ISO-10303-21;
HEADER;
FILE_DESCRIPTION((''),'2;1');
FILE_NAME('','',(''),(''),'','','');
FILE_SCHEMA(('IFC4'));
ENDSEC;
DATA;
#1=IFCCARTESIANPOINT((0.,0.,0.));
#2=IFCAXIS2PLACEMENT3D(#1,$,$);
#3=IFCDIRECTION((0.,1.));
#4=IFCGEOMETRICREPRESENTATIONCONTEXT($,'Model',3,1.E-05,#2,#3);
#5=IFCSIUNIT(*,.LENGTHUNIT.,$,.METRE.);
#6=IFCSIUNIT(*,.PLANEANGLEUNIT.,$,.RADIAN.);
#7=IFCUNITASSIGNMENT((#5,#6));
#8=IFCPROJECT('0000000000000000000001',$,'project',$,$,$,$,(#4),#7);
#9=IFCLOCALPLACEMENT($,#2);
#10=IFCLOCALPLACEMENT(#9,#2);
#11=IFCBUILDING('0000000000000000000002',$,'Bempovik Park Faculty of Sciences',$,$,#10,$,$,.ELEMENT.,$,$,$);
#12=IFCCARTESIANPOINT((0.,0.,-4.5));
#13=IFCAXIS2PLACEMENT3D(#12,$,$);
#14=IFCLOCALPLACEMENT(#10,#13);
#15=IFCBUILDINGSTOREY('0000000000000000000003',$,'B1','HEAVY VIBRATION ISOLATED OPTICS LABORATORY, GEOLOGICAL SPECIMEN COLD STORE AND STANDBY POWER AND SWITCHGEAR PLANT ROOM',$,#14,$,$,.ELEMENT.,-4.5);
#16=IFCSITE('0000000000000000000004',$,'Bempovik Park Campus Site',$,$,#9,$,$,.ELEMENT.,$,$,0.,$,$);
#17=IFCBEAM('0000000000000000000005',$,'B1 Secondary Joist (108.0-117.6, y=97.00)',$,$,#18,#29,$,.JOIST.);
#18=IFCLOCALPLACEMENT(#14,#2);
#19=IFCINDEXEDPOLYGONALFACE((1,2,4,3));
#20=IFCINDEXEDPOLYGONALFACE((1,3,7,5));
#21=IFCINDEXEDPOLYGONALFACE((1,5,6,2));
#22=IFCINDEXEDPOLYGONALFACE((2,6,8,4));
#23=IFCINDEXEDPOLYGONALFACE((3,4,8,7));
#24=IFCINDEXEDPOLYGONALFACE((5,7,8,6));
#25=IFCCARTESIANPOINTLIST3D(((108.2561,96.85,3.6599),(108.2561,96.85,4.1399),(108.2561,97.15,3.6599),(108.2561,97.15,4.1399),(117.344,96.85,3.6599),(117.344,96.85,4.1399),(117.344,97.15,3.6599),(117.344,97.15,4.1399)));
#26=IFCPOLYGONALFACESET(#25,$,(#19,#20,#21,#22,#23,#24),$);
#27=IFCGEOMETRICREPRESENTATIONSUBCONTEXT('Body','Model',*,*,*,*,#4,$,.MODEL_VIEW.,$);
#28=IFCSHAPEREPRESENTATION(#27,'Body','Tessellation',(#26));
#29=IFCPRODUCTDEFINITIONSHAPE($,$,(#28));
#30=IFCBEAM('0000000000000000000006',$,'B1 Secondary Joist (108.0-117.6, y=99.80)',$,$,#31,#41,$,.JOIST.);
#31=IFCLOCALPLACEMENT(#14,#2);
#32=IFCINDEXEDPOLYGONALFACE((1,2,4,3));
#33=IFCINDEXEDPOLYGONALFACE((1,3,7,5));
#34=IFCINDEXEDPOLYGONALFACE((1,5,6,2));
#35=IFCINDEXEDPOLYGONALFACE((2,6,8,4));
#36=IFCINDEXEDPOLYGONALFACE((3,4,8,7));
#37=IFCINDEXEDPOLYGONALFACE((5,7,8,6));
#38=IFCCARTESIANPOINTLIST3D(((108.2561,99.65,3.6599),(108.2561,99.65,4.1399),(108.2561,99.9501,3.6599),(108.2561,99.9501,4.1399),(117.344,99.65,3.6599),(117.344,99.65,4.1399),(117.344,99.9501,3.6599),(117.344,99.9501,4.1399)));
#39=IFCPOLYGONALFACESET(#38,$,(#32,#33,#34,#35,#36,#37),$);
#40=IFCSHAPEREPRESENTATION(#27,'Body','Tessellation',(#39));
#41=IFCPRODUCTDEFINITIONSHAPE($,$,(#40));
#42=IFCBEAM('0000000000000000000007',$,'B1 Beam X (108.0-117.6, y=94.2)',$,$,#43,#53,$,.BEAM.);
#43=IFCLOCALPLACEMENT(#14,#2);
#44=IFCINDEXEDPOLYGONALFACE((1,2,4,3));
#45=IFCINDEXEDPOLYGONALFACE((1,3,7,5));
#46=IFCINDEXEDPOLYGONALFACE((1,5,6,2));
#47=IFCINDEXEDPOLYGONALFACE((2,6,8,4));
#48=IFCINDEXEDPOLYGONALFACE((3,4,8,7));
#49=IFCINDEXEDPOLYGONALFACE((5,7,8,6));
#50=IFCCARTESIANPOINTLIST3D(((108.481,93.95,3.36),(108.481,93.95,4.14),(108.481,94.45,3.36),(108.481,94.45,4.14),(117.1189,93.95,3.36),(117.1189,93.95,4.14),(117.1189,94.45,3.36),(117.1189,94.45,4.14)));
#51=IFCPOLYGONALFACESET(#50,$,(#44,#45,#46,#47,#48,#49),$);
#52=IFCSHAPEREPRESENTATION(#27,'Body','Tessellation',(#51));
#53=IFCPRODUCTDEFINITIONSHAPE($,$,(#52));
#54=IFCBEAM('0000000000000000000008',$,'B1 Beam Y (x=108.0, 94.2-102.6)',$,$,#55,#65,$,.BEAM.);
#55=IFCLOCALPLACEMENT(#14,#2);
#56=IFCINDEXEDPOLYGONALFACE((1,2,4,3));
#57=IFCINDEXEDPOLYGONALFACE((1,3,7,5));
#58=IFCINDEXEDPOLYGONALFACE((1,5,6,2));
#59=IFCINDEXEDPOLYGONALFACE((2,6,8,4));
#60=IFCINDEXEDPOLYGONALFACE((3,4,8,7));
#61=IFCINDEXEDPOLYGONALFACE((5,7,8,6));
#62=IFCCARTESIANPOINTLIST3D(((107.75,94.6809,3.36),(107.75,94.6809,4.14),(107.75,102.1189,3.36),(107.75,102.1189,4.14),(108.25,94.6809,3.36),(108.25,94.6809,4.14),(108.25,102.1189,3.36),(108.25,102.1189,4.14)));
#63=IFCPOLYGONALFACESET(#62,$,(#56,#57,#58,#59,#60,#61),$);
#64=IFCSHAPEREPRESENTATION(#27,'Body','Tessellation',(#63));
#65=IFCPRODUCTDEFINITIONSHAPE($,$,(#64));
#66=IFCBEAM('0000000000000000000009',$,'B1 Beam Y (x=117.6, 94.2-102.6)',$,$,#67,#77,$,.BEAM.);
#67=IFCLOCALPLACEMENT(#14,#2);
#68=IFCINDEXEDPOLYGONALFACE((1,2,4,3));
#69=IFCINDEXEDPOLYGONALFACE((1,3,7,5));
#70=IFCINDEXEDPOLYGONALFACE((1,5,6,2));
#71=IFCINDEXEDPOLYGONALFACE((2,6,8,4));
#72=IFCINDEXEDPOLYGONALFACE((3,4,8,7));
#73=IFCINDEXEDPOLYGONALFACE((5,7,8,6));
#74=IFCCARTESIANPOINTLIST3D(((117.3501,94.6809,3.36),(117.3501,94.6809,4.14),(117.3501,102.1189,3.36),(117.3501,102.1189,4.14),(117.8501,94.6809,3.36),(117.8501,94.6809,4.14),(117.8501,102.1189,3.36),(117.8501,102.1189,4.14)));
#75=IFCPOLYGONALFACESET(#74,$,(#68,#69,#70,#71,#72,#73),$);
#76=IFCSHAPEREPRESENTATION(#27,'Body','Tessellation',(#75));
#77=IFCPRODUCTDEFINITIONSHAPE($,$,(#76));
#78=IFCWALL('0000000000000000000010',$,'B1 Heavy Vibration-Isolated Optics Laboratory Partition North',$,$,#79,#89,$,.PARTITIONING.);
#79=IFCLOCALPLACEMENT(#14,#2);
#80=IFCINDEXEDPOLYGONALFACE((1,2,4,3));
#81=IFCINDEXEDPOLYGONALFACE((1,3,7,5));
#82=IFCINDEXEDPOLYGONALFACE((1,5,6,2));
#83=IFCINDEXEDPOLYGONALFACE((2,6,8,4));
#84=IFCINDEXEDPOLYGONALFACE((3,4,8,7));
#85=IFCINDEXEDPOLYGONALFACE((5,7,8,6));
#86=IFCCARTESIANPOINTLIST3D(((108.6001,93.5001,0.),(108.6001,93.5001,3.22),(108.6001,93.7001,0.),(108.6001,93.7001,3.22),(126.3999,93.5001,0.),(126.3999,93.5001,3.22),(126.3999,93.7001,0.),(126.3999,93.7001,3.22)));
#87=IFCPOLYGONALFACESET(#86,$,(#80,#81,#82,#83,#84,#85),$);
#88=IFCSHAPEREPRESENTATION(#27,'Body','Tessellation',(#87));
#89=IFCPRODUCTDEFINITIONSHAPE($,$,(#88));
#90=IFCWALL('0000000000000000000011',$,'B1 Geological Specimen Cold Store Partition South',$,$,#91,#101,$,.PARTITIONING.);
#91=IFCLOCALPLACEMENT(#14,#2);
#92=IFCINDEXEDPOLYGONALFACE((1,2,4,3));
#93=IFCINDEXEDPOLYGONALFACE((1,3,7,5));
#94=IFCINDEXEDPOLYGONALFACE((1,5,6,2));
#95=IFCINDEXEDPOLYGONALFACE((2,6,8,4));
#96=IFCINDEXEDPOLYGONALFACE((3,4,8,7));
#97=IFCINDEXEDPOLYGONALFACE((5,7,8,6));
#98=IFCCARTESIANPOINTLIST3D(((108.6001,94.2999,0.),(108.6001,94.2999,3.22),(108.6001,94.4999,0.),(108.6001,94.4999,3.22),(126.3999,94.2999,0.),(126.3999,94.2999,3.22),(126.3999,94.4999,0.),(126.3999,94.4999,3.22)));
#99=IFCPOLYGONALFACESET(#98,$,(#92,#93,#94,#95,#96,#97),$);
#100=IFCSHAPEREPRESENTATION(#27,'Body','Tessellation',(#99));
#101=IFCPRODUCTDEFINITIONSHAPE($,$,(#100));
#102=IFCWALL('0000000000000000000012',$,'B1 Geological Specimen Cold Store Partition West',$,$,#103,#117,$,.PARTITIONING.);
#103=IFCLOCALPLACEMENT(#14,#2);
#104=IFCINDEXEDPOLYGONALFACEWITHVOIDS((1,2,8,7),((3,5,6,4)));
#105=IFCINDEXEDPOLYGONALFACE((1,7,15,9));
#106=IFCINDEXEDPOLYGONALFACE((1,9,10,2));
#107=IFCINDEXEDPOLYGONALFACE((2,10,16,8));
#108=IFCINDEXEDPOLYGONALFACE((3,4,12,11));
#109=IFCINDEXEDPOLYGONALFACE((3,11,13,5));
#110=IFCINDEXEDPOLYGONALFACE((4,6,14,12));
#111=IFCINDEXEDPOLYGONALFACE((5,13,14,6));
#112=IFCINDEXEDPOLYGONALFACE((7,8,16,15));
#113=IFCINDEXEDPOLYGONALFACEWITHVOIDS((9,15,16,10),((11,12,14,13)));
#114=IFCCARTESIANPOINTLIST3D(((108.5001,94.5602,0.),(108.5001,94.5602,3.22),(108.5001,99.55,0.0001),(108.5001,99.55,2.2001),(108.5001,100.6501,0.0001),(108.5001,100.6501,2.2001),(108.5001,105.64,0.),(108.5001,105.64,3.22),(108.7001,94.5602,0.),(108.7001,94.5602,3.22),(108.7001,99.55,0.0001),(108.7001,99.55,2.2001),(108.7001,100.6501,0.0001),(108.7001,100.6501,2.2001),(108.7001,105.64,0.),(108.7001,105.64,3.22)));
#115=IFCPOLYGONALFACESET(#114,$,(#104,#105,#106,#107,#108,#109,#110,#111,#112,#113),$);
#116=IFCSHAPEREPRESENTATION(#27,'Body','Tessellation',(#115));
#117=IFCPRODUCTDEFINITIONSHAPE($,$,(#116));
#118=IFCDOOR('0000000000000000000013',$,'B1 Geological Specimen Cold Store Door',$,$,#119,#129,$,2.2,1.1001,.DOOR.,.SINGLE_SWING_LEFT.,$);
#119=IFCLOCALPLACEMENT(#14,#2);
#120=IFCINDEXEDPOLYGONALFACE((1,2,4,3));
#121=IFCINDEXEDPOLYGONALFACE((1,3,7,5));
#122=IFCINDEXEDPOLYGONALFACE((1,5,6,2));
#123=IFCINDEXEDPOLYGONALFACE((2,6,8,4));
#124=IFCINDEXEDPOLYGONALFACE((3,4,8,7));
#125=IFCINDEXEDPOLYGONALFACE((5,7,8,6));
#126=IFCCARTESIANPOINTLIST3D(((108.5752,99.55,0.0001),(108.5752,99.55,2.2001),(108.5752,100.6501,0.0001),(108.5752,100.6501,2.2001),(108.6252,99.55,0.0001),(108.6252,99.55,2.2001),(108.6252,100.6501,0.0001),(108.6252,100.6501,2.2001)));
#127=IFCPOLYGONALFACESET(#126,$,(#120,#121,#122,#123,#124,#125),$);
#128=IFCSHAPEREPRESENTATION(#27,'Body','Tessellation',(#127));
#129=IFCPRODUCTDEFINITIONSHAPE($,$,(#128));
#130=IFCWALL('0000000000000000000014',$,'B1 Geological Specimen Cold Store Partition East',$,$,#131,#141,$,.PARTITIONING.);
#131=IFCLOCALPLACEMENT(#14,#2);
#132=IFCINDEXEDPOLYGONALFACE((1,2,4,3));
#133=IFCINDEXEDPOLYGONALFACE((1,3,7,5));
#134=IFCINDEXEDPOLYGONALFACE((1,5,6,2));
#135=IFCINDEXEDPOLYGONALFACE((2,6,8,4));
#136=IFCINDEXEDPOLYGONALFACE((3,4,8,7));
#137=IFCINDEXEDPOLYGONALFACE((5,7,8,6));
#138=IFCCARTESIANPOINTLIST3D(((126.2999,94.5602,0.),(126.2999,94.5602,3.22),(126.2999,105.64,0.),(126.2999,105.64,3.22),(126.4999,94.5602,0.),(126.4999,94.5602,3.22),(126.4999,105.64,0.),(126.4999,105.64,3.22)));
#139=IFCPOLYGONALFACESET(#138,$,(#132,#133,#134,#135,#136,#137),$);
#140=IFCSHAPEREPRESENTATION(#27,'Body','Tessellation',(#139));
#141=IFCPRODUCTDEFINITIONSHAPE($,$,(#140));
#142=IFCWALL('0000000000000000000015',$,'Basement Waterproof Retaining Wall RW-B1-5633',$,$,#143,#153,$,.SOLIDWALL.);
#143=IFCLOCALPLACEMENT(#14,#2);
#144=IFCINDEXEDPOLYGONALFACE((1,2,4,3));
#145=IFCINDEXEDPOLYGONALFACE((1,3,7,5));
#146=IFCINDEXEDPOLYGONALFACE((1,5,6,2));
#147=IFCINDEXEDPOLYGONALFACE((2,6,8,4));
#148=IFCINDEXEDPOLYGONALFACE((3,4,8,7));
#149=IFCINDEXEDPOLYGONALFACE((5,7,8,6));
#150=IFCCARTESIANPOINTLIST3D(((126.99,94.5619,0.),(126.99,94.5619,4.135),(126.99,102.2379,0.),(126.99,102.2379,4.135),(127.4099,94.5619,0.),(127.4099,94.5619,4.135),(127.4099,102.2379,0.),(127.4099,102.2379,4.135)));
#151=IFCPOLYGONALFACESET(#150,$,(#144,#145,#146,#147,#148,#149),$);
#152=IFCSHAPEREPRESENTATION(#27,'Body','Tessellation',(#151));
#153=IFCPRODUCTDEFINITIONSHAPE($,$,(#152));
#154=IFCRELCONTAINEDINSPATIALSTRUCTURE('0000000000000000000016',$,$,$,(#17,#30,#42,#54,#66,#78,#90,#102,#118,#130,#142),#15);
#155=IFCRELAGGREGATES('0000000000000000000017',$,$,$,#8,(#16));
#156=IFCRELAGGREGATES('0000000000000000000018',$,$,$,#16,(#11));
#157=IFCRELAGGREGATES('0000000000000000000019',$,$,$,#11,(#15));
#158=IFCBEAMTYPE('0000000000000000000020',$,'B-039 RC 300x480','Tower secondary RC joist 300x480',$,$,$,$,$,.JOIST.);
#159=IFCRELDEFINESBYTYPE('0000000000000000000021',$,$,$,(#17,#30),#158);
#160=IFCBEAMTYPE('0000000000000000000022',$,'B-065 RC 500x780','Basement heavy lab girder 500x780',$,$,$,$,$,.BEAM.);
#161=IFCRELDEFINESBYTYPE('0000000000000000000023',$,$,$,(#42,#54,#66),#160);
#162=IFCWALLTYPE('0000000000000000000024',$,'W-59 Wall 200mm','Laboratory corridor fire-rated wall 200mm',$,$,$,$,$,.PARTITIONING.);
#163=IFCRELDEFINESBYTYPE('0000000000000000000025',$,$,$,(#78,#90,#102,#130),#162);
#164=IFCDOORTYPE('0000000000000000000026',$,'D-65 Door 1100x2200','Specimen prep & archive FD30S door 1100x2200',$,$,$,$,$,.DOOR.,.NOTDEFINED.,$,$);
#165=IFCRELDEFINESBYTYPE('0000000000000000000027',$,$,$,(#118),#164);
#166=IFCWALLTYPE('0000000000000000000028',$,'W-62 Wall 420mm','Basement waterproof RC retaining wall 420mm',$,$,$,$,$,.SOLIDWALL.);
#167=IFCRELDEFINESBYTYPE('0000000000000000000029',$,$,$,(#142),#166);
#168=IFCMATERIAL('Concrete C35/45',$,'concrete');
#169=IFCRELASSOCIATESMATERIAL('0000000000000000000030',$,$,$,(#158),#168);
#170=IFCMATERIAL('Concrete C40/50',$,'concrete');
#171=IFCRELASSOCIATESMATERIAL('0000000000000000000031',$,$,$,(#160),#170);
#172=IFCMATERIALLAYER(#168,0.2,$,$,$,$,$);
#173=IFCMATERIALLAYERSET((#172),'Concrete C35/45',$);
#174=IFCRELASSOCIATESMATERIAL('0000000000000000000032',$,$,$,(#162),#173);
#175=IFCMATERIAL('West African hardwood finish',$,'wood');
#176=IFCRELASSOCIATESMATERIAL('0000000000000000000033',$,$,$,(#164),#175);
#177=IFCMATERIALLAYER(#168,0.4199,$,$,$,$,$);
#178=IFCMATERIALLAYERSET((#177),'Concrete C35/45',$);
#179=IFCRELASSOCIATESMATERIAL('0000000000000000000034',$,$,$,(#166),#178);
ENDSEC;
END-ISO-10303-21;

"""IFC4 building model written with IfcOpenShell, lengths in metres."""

from ifc_helpers import new_model, si_unit, direction, frame, frame_2d, origin, origin_2d, place, context, subcontext, project, spatial, rectangle, extrude, material, layer, layer_set, material_profile, profile_set, type_object, element, fill, save


model = new_model("IFC4")

# Units and contexts
model_context = context("Model", 3, precision=1e-05, world=origin(), true_north=direction((0.0, 1.0)))
body_context = subcontext(model_context, "Body", "Model", "MODEL_VIEW")
ifc_project = project(units=[si_unit("LENGTHUNIT", "METRE"), si_unit("PLANEANGLEUNIT", "RADIAN")], contexts=[model_context])

# Site, building, storey
site_placement = place(None, origin())
site = spatial("IfcSite", under=ifc_project, at=site_placement, Name="Bempovik Park Campus Site", CompositionType="ELEMENT", RefElevation=0.0)
building_placement = place(site_placement, origin())
building = spatial("IfcBuilding", under=site, at=building_placement, Name="Bempovik Park Faculty of Sciences", CompositionType="ELEMENT")
storey_placement = place(building_placement, frame((0.0, 0.0, -4.5)))
storey = spatial("IfcBuildingStorey", under=building, at=storey_placement, Name="B1", Description="HEAVY VIBRATION ISOLATED OPTICS LABORATORY, GEOLOGICAL SPECIMEN COLD STORE AND STANDBY POWER AND SWITCHGEAR PLANT ROOM", CompositionType="ELEMENT", Elevation=-4.5)

# Shared definitions
ifc_material_1 = material(Name="Concrete C35/45", Category="concrete")

# Shared definitions
ifc_material_2 = material(Name="Concrete C40/50", Category="concrete")

# Beams
ifc_material_profile_1 = material_profile(ifc_material_1, rectangle(XDim=0.3, YDim=0.48, at=origin_2d()), Name="RC 300x480")
ifc_profile_set_1 = profile_set([ifc_material_profile_1], Name="Concrete C35/45")
beam_type_1 = type_object("IfcBeamType", Name="B-039 RC 300x480", Description="Tower secondary RC joist 300x480", PredefinedType="JOIST", material=ifc_profile_set_1)
for number, where, z_axis, x_axis, name in (
    (1, (108.2561, 97.0, 3.8999), (1.0, 0.0, 0.0), (0.0, 1.0, 0.0), "B1 Secondary Joist (108.0-117.6, y=97.00)"),
    (2, (108.2561, 99.8, 3.8999), (1.0, 0.0, 0.0), (0.0, 1.0, 0.0), "B1 Secondary Joist (108.0-117.6, y=99.80)"),
):
    element("IfcBeam", number, at=place(storey_placement, frame(where, z_axis=z_axis, x_axis=x_axis)), inside=storey, type_object=beam_type_1, Name=name, PredefinedType="JOIST", context=body_context, shape_type="SweptSolid", body=[
        extrude(rectangle(XDim=0.3, YDim=0.48, at=origin_2d()), origin(), (0.0, 0.0, 1.0), 9.0879),
    ])
ifc_material_profile_2 = material_profile(ifc_material_2, rectangle(XDim=0.5, YDim=0.78, at=origin_2d()), Name="RC 500x780")
ifc_profile_set_2 = profile_set([ifc_material_profile_2], Name="Concrete C40/50")
beam_type_2 = type_object("IfcBeamType", Name="B-065 RC 500x780", Description="Basement heavy lab girder 500x780", PredefinedType="BEAM", material=ifc_profile_set_2)
beam_placement = place(storey_placement, frame((108.481, 94.2, 3.75), z_axis=(1.0, 0.0, 0.0), x_axis=(0.0, 1.0, 0.0)))
element("IfcBeam", 3, at=beam_placement, inside=storey, type_object=beam_type_2, Name="B1 Beam X (108.0-117.6, y=94.2)", PredefinedType="BEAM", context=body_context, shape_type="SweptSolid", body=[
    extrude(rectangle(XDim=0.5, YDim=0.78, at=origin_2d()), origin(), (0.0, 0.0, 1.0), 8.6379),
])
for number, where, z_axis, x_axis, name in (
    (4, (108.0, 94.6809, 3.75), (0.0, 1.0, 0.0), (-1.0, 0.0, 0.0), "B1 Beam Y (x=108.0, 94.2-102.6)"),
    (5, (117.6001, 94.6809, 3.75), (0.0, 1.0, 0.0), (-1.0, 0.0, 0.0), "B1 Beam Y (x=117.6, 94.2-102.6)"),
):
    element("IfcBeam", number, at=place(storey_placement, frame(where, z_axis=z_axis, x_axis=x_axis)), inside=storey, type_object=beam_type_2, Name=name, PredefinedType="BEAM", context=body_context, shape_type="SweptSolid", body=[
        extrude(rectangle(XDim=0.5, YDim=0.78, at=origin_2d()), origin(), (0.0, 0.0, 1.0), 7.438),
    ])

# Walls
ifc_layer_1 = layer(ifc_material_1, 0.2)
ifc_layer_set_1 = layer_set([ifc_layer_1], Name="Concrete C35/45")
wall_type_1 = type_object("IfcWallType", Name="W-59 Wall 200mm", Description="Laboratory corridor fire-rated wall 200mm", PredefinedType="PARTITIONING", material=ifc_layer_set_1)
for number, where, z_axis, x_axis, name in (
    (6, (108.6001, 93.6001, 0.0), (0.0, 0.0, 1.0), (1.0, 0.0, 0.0), "B1 Heavy Vibration-Isolated Optics Laboratory Partition North"),
    (7, (108.6001, 94.3999, 0.0), (0.0, 0.0, 1.0), (1.0, 0.0, 0.0), "B1 Geological Specimen Cold Store Partition South"),
):
    element("IfcWall", number, at=place(storey_placement, frame(where, z_axis=z_axis, x_axis=x_axis)), inside=storey, type_object=wall_type_1, Name=name, PredefinedType="PARTITIONING", context=body_context, shape_type="SweptSolid", body=[
        extrude(rectangle(XDim=17.7998, YDim=0.2, at=frame_2d((8.8999, 0.0))), origin(), (0.0, 0.0, 1.0), 3.22),
    ])

# Wall, opening, door
wall_1_placement = place(storey_placement, frame((108.6001, 94.5601, 0.0), z_axis=(0.0, 0.0, 1.0), x_axis=(0.0, 1.0, 0.0)))
wall_1 = element("IfcWall", 8, at=wall_1_placement, inside=storey, type_object=wall_type_1, Name="B1 Geological Specimen Cold Store Partition West", PredefinedType="PARTITIONING", context=body_context, shape_type="SweptSolid", body=[
    extrude(rectangle(XDim=11.0798, YDim=0.2, at=frame_2d((5.54, 0.0))), origin(), (0.0, 0.0, 1.0), 3.22),
])
opening_placement = place(wall_1_placement, frame((4.99, 0.0, 0.0)))
opening = element("IfcOpeningElement", 9, at=opening_placement, cuts=wall_1, PredefinedType="OPENING", context=body_context, shape_type="SweptSolid", body=[
    extrude(rectangle(XDim=1.1001, YDim=2.2, at=frame_2d((0.55, 1.1001))), frame((0.0, 0.1099, 0.0), z_axis=(0.0, -1.0, 0.0), x_axis=(1.0, 0.0, 0.0)), (0.0, 0.0, 1.0), 0.22),
])
ifc_material_3 = material(Name="West African hardwood finish", Category="wood")
door_type = type_object("IfcDoorType", Name="D-65 Door 1100x2200", Description="Specimen prep & archive FD30S door 1100x2200", OperationType="NOTDEFINED", PredefinedType="DOOR", material=ifc_material_3)
door_placement = place(opening_placement, origin())
door = element("IfcDoor", 10, at=door_placement, inside=storey, type_object=door_type, Name="B1 Geological Specimen Cold Store Door", OperationType="SINGLE_SWING_LEFT", OverallHeight=2.2, OverallWidth=1.1001, PredefinedType="DOOR", context=body_context, shape_type="SweptSolid", body=[
    extrude(rectangle(XDim=1.1001, YDim=2.2, at=frame_2d((0.55, 1.1001))), frame((0.0, 0.0249, 0.0), z_axis=(0.0, -1.0, 0.0), x_axis=(1.0, 0.0, 0.0)), (0.0, 0.0, 1.0), 0.05),
])
fill(opening, door)

# Walls
wall_2_placement = place(storey_placement, frame((126.3999, 94.5601, 0.0), z_axis=(0.0, 0.0, 1.0), x_axis=(0.0, 1.0, 0.0)))
element("IfcWall", 11, at=wall_2_placement, inside=storey, type_object=wall_type_1, Name="B1 Geological Specimen Cold Store Partition East", PredefinedType="PARTITIONING", context=body_context, shape_type="SweptSolid", body=[
    extrude(rectangle(XDim=11.0798, YDim=0.2, at=frame_2d((5.54, 0.0))), origin(), (0.0, 0.0, 1.0), 3.22),
])
ifc_layer_2 = layer(ifc_material_1, 0.4199)
ifc_layer_set_2 = layer_set([ifc_layer_2], Name="Concrete C35/45")
wall_type_2 = type_object("IfcWallType", Name="W-62 Wall 420mm", Description="Basement waterproof RC retaining wall 420mm", PredefinedType="SOLIDWALL", material=ifc_layer_set_2)
wall_3_placement = place(storey_placement, frame((127.2, 94.562, 0.0), z_axis=(0.0, 0.0, 1.0), x_axis=(0.0, 1.0, 0.0)))
element("IfcWall", 12, at=wall_3_placement, inside=storey, type_object=wall_type_2, Name="Basement Waterproof Retaining Wall RW-B1-5633", PredefinedType="SOLIDWALL", context=body_context, shape_type="SweptSolid", body=[
    extrude(rectangle(XDim=7.676, YDim=0.4199, at=frame_2d((3.8379, 0.0))), origin(), (0.0, 0.0, 1.0), 4.135),
])

save(model, "model.ifc")
